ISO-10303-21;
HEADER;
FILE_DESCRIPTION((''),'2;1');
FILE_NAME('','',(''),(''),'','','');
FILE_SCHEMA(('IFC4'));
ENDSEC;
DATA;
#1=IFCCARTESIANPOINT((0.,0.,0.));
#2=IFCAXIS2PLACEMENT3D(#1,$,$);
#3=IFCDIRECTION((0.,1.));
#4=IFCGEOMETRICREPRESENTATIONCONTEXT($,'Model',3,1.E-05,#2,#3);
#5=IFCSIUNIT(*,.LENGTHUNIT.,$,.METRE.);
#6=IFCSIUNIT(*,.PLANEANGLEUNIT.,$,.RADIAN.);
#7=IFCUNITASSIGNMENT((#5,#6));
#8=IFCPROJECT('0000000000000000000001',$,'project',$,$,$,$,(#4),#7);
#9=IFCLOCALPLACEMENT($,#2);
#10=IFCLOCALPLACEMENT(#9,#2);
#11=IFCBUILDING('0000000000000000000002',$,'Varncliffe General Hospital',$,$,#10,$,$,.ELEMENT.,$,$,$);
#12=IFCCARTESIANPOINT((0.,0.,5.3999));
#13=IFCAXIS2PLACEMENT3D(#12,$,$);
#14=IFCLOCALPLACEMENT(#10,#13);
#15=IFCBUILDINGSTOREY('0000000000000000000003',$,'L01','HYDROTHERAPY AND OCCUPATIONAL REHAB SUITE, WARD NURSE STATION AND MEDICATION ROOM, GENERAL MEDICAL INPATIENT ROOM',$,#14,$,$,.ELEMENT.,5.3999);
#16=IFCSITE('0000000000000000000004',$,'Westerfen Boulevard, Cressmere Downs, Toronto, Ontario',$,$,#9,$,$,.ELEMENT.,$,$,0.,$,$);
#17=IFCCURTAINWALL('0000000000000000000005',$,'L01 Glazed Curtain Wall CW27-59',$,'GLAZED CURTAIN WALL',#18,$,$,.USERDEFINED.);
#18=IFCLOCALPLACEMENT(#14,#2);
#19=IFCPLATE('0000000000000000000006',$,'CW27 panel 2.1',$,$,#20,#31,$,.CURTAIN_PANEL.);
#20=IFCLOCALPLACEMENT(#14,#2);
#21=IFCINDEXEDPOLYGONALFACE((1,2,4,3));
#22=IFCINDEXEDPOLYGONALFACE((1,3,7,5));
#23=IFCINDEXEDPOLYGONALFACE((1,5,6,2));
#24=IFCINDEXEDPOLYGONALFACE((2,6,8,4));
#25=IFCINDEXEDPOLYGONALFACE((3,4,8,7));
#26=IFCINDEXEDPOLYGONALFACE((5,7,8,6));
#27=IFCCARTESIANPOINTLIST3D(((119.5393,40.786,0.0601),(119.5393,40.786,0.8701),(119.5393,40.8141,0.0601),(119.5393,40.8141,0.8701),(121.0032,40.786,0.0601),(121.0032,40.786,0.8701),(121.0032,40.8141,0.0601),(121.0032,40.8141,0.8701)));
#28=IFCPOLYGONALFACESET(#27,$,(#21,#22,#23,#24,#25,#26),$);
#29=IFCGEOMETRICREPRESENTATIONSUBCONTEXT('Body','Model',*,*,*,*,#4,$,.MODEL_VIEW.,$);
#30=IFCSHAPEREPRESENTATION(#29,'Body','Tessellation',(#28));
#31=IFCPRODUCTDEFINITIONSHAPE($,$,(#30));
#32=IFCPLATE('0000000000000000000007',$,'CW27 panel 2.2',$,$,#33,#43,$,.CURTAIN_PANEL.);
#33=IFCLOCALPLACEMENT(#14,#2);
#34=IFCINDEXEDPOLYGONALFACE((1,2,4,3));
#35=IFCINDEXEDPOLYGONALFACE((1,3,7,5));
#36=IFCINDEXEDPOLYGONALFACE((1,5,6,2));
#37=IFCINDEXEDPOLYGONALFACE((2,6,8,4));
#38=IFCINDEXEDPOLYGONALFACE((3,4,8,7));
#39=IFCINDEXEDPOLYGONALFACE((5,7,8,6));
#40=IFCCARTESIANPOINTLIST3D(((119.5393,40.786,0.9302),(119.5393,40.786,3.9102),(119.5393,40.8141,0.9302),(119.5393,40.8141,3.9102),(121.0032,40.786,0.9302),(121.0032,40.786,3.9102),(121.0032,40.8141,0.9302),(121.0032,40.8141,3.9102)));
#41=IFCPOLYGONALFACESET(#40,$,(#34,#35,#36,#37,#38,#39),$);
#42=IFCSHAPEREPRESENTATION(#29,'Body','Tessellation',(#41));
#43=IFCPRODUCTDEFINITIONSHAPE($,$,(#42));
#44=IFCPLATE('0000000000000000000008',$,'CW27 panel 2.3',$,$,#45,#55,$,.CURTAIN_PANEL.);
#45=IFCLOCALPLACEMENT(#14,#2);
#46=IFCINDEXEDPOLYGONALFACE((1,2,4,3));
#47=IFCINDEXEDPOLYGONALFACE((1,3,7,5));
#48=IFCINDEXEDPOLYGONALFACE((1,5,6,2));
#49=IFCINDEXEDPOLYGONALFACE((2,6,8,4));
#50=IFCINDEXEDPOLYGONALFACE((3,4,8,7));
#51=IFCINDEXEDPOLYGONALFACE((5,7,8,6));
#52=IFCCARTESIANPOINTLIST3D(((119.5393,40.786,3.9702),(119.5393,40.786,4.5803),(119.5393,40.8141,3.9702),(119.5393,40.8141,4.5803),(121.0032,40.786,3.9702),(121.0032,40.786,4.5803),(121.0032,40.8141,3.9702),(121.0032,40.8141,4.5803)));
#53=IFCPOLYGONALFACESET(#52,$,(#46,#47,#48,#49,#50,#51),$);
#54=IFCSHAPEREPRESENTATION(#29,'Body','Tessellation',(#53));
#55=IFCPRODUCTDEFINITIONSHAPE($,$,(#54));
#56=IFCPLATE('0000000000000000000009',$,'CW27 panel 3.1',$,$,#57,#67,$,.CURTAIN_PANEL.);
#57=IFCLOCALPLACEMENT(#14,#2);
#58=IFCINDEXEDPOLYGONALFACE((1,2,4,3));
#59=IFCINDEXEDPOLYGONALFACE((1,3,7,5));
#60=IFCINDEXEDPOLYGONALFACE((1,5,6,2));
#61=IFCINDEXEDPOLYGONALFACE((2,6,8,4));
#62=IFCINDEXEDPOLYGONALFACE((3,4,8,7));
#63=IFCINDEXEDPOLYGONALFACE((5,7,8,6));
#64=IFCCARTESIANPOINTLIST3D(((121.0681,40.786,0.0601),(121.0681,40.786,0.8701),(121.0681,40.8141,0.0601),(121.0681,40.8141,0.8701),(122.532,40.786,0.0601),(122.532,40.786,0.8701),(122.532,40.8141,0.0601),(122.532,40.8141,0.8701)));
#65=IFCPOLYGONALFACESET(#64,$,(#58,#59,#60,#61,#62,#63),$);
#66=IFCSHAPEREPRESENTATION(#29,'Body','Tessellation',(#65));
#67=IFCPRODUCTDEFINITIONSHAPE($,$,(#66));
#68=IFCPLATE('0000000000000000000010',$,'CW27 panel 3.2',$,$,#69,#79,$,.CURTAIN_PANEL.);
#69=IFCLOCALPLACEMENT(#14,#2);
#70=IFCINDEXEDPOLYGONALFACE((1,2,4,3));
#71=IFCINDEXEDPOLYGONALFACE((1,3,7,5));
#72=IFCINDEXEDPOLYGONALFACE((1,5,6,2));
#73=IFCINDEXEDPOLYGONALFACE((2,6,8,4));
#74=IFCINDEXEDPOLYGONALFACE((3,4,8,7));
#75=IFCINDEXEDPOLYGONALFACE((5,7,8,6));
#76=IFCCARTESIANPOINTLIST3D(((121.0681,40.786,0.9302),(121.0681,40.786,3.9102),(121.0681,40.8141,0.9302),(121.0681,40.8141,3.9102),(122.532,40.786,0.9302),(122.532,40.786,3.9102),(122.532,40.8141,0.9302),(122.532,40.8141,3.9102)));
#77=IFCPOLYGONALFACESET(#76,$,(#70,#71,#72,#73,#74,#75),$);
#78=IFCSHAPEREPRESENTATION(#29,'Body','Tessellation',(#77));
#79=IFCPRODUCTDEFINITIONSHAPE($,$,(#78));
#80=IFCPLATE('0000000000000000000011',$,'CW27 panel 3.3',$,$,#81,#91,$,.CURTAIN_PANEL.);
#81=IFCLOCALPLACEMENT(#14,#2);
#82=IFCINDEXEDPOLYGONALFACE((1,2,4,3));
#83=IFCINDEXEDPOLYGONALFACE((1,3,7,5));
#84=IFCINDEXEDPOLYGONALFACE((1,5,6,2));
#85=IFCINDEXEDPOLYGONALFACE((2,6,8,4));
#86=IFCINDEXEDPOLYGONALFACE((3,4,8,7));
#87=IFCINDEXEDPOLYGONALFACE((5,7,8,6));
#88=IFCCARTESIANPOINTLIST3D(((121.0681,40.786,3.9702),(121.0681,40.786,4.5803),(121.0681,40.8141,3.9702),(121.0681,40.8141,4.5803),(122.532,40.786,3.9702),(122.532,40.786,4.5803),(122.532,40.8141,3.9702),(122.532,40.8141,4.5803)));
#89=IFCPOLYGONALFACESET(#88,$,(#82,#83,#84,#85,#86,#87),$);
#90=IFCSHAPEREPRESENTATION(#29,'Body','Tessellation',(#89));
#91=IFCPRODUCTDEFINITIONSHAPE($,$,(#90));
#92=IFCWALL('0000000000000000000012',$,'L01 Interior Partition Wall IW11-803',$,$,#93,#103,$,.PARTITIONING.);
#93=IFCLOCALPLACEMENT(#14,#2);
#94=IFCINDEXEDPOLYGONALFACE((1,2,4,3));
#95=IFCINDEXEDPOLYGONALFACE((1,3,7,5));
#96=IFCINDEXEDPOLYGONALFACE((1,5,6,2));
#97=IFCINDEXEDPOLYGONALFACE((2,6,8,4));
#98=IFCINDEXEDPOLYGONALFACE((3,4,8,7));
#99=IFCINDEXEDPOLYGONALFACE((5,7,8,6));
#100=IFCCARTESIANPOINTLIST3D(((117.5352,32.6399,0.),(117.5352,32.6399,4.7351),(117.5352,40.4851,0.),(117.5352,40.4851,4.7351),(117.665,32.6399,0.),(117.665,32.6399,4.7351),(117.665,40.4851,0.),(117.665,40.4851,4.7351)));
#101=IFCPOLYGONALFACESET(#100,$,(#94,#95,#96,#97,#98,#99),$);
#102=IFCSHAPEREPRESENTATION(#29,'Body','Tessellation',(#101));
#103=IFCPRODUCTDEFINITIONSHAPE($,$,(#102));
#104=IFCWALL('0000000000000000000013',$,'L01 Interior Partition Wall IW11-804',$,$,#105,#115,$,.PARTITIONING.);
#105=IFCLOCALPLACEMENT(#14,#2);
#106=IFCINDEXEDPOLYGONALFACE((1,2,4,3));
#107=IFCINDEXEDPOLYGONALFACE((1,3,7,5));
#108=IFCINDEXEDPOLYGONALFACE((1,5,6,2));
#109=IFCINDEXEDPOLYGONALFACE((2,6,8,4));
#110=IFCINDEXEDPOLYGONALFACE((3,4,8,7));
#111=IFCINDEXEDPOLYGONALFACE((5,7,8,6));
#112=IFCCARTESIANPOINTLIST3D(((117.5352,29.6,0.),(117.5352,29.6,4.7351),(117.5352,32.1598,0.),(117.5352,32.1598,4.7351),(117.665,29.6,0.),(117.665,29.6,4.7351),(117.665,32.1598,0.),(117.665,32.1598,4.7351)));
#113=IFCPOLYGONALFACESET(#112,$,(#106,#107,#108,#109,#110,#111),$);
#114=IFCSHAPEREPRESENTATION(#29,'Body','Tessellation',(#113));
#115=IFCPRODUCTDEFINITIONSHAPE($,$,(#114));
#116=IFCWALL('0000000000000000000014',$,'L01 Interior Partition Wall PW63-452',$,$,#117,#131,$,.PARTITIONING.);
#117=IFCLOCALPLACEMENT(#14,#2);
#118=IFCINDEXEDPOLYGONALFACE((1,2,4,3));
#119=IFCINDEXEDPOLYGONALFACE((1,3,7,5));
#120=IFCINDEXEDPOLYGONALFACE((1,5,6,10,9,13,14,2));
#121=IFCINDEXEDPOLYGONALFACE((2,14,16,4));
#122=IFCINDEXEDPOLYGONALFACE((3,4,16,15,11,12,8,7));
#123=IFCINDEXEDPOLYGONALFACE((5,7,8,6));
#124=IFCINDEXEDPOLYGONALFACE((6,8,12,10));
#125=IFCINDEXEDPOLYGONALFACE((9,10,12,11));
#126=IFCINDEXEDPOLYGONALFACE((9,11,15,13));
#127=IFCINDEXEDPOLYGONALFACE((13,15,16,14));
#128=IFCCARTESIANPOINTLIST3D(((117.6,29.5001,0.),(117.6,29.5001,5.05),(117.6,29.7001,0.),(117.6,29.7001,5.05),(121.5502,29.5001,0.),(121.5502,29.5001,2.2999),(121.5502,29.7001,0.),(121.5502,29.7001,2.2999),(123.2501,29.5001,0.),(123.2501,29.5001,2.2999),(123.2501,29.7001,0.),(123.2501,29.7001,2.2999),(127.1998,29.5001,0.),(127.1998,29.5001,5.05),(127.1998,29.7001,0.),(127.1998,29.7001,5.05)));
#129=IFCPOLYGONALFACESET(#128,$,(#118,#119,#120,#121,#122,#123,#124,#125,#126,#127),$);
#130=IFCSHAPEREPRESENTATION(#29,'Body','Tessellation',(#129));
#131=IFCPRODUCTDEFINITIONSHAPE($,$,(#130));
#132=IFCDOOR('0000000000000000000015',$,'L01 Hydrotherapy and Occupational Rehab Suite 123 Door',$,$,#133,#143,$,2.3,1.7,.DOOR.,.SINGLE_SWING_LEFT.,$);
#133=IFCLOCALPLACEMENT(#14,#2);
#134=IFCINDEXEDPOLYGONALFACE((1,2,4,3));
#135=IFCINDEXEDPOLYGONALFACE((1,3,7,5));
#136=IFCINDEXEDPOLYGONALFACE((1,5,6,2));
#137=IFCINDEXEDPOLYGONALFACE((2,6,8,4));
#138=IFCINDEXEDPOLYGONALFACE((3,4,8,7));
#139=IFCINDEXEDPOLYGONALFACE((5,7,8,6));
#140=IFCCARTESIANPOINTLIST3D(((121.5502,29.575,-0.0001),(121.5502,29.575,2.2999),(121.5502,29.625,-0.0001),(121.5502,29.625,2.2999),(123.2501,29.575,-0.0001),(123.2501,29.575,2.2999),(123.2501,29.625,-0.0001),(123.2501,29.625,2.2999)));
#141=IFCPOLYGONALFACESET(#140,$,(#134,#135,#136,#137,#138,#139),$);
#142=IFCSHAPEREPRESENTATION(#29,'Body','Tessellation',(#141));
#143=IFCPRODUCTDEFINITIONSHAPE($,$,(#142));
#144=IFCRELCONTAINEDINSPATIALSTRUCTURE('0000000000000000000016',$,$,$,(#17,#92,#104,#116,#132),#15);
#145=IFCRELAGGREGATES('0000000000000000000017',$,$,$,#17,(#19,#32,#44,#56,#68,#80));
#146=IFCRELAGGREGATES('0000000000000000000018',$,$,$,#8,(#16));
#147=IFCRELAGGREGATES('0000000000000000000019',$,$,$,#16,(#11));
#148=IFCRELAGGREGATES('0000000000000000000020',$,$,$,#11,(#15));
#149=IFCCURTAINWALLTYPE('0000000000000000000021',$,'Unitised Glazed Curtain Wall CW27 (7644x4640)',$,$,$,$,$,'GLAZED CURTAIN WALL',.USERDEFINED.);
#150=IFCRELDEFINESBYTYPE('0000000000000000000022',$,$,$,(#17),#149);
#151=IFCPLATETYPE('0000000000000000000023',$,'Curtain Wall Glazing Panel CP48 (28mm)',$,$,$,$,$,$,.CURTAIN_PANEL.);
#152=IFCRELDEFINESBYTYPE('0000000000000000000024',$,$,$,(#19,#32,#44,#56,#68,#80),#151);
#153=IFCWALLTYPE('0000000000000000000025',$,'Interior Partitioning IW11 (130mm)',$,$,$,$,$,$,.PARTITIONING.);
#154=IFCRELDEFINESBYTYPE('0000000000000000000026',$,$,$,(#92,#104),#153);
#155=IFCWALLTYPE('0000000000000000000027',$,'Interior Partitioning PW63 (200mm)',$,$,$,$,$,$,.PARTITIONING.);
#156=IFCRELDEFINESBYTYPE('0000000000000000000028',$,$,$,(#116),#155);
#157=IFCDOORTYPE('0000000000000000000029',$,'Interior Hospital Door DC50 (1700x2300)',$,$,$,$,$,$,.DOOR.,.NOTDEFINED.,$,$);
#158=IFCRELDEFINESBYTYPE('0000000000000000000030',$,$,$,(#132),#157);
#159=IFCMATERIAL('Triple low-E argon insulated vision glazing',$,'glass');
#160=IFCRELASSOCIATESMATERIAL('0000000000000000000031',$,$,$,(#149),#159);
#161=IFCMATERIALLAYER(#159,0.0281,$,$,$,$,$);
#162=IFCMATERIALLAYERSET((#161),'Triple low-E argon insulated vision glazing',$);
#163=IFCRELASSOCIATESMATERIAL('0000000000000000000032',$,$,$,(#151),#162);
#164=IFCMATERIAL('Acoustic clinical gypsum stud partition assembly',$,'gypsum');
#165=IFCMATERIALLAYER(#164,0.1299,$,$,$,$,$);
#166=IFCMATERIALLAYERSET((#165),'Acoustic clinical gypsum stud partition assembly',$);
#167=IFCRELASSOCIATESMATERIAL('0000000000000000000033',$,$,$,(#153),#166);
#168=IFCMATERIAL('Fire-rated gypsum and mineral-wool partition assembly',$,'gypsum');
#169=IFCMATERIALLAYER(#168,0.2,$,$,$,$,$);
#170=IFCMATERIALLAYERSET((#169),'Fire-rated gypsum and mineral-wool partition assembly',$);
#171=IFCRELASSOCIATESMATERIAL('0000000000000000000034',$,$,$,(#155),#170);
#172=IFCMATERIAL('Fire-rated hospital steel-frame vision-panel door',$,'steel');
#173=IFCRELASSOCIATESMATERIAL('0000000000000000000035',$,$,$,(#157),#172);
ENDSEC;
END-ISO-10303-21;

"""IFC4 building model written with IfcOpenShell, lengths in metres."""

from ifc_helpers import new_model, si_unit, direction, frame, frame_2d, origin, origin_2d, place, context, subcontext, project, spatial, rectangle, extrude, material, layer, layer_set, type_object, element, fill, aggregate, save


model = new_model("IFC4")

# Units and contexts
model_context = context("Model", 3, precision=1e-05, world=origin(), true_north=direction((0.0, 1.0)))
body_context = subcontext(model_context, "Body", "Model", "MODEL_VIEW")
ifc_project = project(units=[si_unit("LENGTHUNIT", "METRE"), si_unit("PLANEANGLEUNIT", "RADIAN")], contexts=[model_context])

# Site, building, storey
site_placement = place(None, origin())
site = spatial("IfcSite", under=ifc_project, at=site_placement, Name="Westerfen Boulevard, Cressmere Downs, Toronto, Ontario", CompositionType="ELEMENT", RefElevation=0.0)
building_placement = place(site_placement, origin())
building = spatial("IfcBuilding", under=site, at=building_placement, Name="Varncliffe General Hospital", CompositionType="ELEMENT")
storey_placement = place(building_placement, frame((0.0, 0.0, 5.3999)))
storey = spatial("IfcBuildingStorey", under=building, at=storey_placement, Name="L01", Description="HYDROTHERAPY AND OCCUPATIONAL REHAB SUITE, WARD NURSE STATION AND MEDICATION ROOM, GENERAL MEDICAL INPATIENT ROOM", CompositionType="ELEMENT", Elevation=5.3999)

# Curtain wall
ifc_material_1 = material(Name="Triple low-E argon insulated vision glazing", Category="glass")
curtain_wall_type = type_object("IfcCurtainWallType", Name="Unitised Glazed Curtain Wall CW27 (7644x4640)", ElementType="GLAZED CURTAIN WALL", PredefinedType="USERDEFINED", material=ifc_material_1)
curtain_wall_placement = place(storey_placement, origin())
curtain_wall = element("IfcCurtainWall", 1, at=curtain_wall_placement, inside=storey, type_object=curtain_wall_type, Name="L01 Glazed Curtain Wall CW27-59", ObjectType="GLAZED CURTAIN WALL", PredefinedType="USERDEFINED")

# Plates
ifc_layer_1 = layer(ifc_material_1, 0.0281)
ifc_layer_set_1 = layer_set([ifc_layer_1], Name="Triple low-E argon insulated vision glazing")
plate_type = type_object("IfcPlateType", Name="Curtain Wall Glazing Panel CP48 (28mm)", PredefinedType="CURTAIN_PANEL", material=ifc_layer_set_1)
plate_1_placement = place(storey_placement, frame((120.2712, 40.8, 0.0601), z_axis=(0.0, 0.0, 1.0), x_axis=(1.0, 0.0, 0.0)))
plate_1 = element("IfcPlate", 2, at=plate_1_placement, type_object=plate_type, Name="CW27 panel 2.1", PredefinedType="CURTAIN_PANEL", context=body_context, shape_type="SweptSolid", body=[
    extrude(rectangle(XDim=1.4639, YDim=0.0281, at=origin_2d()), origin(), (0.0, 0.0, 1.0), 0.8101),
])
plate_2_placement = place(storey_placement, frame((120.2712, 40.8, 0.9302), z_axis=(0.0, 0.0, 1.0), x_axis=(1.0, 0.0, 0.0)))
plate_2 = element("IfcPlate", 3, at=plate_2_placement, type_object=plate_type, Name="CW27 panel 2.2", PredefinedType="CURTAIN_PANEL", context=body_context, shape_type="SweptSolid", body=[
    extrude(rectangle(XDim=1.4639, YDim=0.0281, at=origin_2d()), origin(), (0.0, 0.0, 1.0), 2.98),
])
plate_3_placement = place(storey_placement, frame((120.2712, 40.8, 3.9702), z_axis=(0.0, 0.0, 1.0), x_axis=(1.0, 0.0, 0.0)))
plate_3 = element("IfcPlate", 4, at=plate_3_placement, type_object=plate_type, Name="CW27 panel 2.3", PredefinedType="CURTAIN_PANEL", context=body_context, shape_type="SweptSolid", body=[
    extrude(rectangle(XDim=1.4639, YDim=0.0281, at=origin_2d()), origin(), (0.0, 0.0, 1.0), 0.6101),
])
plate_4_placement = place(storey_placement, frame((121.8, 40.8, 0.0601), z_axis=(0.0, 0.0, 1.0), x_axis=(1.0, 0.0, 0.0)))
plate_4 = element("IfcPlate", 5, at=plate_4_placement, type_object=plate_type, Name="CW27 panel 3.1", PredefinedType="CURTAIN_PANEL", context=body_context, shape_type="SweptSolid", body=[
    extrude(rectangle(XDim=1.4639, YDim=0.0281, at=origin_2d()), origin(), (0.0, 0.0, 1.0), 0.8101),
])
plate_5_placement = place(storey_placement, frame((121.8, 40.8, 0.9302), z_axis=(0.0, 0.0, 1.0), x_axis=(1.0, 0.0, 0.0)))
plate_5 = element("IfcPlate", 6, at=plate_5_placement, type_object=plate_type, Name="CW27 panel 3.2", PredefinedType="CURTAIN_PANEL", context=body_context, shape_type="SweptSolid", body=[
    extrude(rectangle(XDim=1.4639, YDim=0.0281, at=origin_2d()), origin(), (0.0, 0.0, 1.0), 2.98),
])
plate_6_placement = place(storey_placement, frame((121.8, 40.8, 3.9702), z_axis=(0.0, 0.0, 1.0), x_axis=(1.0, 0.0, 0.0)))
plate_6 = element("IfcPlate", 7, at=plate_6_placement, type_object=plate_type, Name="CW27 panel 3.3", PredefinedType="CURTAIN_PANEL", context=body_context, shape_type="SweptSolid", body=[
    extrude(rectangle(XDim=1.4639, YDim=0.0281, at=origin_2d()), origin(), (0.0, 0.0, 1.0), 0.6101),
])
aggregate(curtain_wall, [plate_1, plate_2, plate_3, plate_4, plate_5, plate_6])

# Walls
ifc_material_2 = material(Name="Acoustic clinical gypsum stud partition assembly", Category="gypsum")
ifc_layer_2 = layer(ifc_material_2, 0.1299)
ifc_layer_set_2 = layer_set([ifc_layer_2], Name="Acoustic clinical gypsum stud partition assembly")
wall_type_1 = type_object("IfcWallType", Name="Interior Partitioning IW11 (130mm)", PredefinedType="PARTITIONING", material=ifc_layer_set_2)
wall_1_placement = place(storey_placement, frame((117.6001, 32.6399, 0.0), z_axis=(0.0, 0.0, 1.0), x_axis=(0.0, 1.0, 0.0)))
element("IfcWall", 8, at=wall_1_placement, inside=storey, type_object=wall_type_1, Name="L01 Interior Partition Wall IW11-803", PredefinedType="PARTITIONING", context=body_context, shape_type="SweptSolid", body=[
    extrude(rectangle(XDim=7.8452, YDim=0.1299, at=frame_2d((3.9226, 0.0))), origin(), (0.0, 0.0, 1.0), 4.7351),
])
wall_2_placement = place(storey_placement, frame((117.6001, 29.6001, 0.0), z_axis=(0.0, 0.0, 1.0), x_axis=(0.0, 1.0, 0.0)))
element("IfcWall", 9, at=wall_2_placement, inside=storey, type_object=wall_type_1, Name="L01 Interior Partition Wall IW11-804", PredefinedType="PARTITIONING", context=body_context, shape_type="SweptSolid", body=[
    extrude(rectangle(XDim=2.5598, YDim=0.1299, at=frame_2d((1.2798, 0.0))), origin(), (0.0, 0.0, 1.0), 4.7351),
])

# Wall, opening, door
ifc_material_3 = material(Name="Fire-rated gypsum and mineral-wool partition assembly", Category="gypsum")
ifc_layer_3 = layer(ifc_material_3, 0.2)
ifc_layer_set_3 = layer_set([ifc_layer_3], Name="Fire-rated gypsum and mineral-wool partition assembly")
wall_type_2 = type_object("IfcWallType", Name="Interior Partitioning PW63 (200mm)", PredefinedType="PARTITIONING", material=ifc_layer_set_3)
wall_3_placement = place(storey_placement, frame((117.6001, 29.6001, 0.0), z_axis=(0.0, 0.0, 1.0), x_axis=(1.0, 0.0, 0.0)))
wall_3 = element("IfcWall", 10, at=wall_3_placement, inside=storey, type_object=wall_type_2, Name="L01 Interior Partition Wall PW63-452", PredefinedType="PARTITIONING", context=body_context, shape_type="SweptSolid", body=[
    extrude(rectangle(XDim=9.5999, YDim=0.2, at=frame_2d((4.7998, 0.0))), origin(), (0.0, 0.0, 1.0), 5.05),
])
opening_placement = place(wall_3_placement, frame((3.95, 0.0, 0.0)))
opening = element("IfcOpeningElement", 11, at=opening_placement, cuts=wall_3, PredefinedType="OPENING", context=body_context, shape_type="SweptSolid", body=[
    extrude(rectangle(XDim=1.7, YDim=2.3, at=frame_2d((0.8501, 1.1499))), frame((0.0, 0.1099, 0.0), z_axis=(0.0, -1.0, 0.0), x_axis=(1.0, 0.0, 0.0)), (0.0, 0.0, 1.0), 0.22),
])
ifc_material_4 = material(Name="Fire-rated hospital steel-frame vision-panel door", Category="steel")
door_type = type_object("IfcDoorType", Name="Interior Hospital Door DC50 (1700x2300)", OperationType="NOTDEFINED", PredefinedType="DOOR", material=ifc_material_4)
door_placement = place(opening_placement, origin())
door = element("IfcDoor", 12, at=door_placement, inside=storey, type_object=door_type, Name="L01 Hydrotherapy and Occupational Rehab Suite 123 Door", OperationType="SINGLE_SWING_LEFT", OverallHeight=2.3, OverallWidth=1.7, PredefinedType="DOOR", context=body_context, shape_type="SweptSolid", body=[
    extrude(rectangle(XDim=1.7, YDim=2.3, at=frame_2d((0.8501, 1.1499))), frame((0.0, 0.0249, 0.0), z_axis=(0.0, -1.0, 0.0), x_axis=(1.0, 0.0, 0.0)), (0.0, 0.0, 1.0), 0.05),
])
fill(opening, door)

save(model, "model.ifc")
